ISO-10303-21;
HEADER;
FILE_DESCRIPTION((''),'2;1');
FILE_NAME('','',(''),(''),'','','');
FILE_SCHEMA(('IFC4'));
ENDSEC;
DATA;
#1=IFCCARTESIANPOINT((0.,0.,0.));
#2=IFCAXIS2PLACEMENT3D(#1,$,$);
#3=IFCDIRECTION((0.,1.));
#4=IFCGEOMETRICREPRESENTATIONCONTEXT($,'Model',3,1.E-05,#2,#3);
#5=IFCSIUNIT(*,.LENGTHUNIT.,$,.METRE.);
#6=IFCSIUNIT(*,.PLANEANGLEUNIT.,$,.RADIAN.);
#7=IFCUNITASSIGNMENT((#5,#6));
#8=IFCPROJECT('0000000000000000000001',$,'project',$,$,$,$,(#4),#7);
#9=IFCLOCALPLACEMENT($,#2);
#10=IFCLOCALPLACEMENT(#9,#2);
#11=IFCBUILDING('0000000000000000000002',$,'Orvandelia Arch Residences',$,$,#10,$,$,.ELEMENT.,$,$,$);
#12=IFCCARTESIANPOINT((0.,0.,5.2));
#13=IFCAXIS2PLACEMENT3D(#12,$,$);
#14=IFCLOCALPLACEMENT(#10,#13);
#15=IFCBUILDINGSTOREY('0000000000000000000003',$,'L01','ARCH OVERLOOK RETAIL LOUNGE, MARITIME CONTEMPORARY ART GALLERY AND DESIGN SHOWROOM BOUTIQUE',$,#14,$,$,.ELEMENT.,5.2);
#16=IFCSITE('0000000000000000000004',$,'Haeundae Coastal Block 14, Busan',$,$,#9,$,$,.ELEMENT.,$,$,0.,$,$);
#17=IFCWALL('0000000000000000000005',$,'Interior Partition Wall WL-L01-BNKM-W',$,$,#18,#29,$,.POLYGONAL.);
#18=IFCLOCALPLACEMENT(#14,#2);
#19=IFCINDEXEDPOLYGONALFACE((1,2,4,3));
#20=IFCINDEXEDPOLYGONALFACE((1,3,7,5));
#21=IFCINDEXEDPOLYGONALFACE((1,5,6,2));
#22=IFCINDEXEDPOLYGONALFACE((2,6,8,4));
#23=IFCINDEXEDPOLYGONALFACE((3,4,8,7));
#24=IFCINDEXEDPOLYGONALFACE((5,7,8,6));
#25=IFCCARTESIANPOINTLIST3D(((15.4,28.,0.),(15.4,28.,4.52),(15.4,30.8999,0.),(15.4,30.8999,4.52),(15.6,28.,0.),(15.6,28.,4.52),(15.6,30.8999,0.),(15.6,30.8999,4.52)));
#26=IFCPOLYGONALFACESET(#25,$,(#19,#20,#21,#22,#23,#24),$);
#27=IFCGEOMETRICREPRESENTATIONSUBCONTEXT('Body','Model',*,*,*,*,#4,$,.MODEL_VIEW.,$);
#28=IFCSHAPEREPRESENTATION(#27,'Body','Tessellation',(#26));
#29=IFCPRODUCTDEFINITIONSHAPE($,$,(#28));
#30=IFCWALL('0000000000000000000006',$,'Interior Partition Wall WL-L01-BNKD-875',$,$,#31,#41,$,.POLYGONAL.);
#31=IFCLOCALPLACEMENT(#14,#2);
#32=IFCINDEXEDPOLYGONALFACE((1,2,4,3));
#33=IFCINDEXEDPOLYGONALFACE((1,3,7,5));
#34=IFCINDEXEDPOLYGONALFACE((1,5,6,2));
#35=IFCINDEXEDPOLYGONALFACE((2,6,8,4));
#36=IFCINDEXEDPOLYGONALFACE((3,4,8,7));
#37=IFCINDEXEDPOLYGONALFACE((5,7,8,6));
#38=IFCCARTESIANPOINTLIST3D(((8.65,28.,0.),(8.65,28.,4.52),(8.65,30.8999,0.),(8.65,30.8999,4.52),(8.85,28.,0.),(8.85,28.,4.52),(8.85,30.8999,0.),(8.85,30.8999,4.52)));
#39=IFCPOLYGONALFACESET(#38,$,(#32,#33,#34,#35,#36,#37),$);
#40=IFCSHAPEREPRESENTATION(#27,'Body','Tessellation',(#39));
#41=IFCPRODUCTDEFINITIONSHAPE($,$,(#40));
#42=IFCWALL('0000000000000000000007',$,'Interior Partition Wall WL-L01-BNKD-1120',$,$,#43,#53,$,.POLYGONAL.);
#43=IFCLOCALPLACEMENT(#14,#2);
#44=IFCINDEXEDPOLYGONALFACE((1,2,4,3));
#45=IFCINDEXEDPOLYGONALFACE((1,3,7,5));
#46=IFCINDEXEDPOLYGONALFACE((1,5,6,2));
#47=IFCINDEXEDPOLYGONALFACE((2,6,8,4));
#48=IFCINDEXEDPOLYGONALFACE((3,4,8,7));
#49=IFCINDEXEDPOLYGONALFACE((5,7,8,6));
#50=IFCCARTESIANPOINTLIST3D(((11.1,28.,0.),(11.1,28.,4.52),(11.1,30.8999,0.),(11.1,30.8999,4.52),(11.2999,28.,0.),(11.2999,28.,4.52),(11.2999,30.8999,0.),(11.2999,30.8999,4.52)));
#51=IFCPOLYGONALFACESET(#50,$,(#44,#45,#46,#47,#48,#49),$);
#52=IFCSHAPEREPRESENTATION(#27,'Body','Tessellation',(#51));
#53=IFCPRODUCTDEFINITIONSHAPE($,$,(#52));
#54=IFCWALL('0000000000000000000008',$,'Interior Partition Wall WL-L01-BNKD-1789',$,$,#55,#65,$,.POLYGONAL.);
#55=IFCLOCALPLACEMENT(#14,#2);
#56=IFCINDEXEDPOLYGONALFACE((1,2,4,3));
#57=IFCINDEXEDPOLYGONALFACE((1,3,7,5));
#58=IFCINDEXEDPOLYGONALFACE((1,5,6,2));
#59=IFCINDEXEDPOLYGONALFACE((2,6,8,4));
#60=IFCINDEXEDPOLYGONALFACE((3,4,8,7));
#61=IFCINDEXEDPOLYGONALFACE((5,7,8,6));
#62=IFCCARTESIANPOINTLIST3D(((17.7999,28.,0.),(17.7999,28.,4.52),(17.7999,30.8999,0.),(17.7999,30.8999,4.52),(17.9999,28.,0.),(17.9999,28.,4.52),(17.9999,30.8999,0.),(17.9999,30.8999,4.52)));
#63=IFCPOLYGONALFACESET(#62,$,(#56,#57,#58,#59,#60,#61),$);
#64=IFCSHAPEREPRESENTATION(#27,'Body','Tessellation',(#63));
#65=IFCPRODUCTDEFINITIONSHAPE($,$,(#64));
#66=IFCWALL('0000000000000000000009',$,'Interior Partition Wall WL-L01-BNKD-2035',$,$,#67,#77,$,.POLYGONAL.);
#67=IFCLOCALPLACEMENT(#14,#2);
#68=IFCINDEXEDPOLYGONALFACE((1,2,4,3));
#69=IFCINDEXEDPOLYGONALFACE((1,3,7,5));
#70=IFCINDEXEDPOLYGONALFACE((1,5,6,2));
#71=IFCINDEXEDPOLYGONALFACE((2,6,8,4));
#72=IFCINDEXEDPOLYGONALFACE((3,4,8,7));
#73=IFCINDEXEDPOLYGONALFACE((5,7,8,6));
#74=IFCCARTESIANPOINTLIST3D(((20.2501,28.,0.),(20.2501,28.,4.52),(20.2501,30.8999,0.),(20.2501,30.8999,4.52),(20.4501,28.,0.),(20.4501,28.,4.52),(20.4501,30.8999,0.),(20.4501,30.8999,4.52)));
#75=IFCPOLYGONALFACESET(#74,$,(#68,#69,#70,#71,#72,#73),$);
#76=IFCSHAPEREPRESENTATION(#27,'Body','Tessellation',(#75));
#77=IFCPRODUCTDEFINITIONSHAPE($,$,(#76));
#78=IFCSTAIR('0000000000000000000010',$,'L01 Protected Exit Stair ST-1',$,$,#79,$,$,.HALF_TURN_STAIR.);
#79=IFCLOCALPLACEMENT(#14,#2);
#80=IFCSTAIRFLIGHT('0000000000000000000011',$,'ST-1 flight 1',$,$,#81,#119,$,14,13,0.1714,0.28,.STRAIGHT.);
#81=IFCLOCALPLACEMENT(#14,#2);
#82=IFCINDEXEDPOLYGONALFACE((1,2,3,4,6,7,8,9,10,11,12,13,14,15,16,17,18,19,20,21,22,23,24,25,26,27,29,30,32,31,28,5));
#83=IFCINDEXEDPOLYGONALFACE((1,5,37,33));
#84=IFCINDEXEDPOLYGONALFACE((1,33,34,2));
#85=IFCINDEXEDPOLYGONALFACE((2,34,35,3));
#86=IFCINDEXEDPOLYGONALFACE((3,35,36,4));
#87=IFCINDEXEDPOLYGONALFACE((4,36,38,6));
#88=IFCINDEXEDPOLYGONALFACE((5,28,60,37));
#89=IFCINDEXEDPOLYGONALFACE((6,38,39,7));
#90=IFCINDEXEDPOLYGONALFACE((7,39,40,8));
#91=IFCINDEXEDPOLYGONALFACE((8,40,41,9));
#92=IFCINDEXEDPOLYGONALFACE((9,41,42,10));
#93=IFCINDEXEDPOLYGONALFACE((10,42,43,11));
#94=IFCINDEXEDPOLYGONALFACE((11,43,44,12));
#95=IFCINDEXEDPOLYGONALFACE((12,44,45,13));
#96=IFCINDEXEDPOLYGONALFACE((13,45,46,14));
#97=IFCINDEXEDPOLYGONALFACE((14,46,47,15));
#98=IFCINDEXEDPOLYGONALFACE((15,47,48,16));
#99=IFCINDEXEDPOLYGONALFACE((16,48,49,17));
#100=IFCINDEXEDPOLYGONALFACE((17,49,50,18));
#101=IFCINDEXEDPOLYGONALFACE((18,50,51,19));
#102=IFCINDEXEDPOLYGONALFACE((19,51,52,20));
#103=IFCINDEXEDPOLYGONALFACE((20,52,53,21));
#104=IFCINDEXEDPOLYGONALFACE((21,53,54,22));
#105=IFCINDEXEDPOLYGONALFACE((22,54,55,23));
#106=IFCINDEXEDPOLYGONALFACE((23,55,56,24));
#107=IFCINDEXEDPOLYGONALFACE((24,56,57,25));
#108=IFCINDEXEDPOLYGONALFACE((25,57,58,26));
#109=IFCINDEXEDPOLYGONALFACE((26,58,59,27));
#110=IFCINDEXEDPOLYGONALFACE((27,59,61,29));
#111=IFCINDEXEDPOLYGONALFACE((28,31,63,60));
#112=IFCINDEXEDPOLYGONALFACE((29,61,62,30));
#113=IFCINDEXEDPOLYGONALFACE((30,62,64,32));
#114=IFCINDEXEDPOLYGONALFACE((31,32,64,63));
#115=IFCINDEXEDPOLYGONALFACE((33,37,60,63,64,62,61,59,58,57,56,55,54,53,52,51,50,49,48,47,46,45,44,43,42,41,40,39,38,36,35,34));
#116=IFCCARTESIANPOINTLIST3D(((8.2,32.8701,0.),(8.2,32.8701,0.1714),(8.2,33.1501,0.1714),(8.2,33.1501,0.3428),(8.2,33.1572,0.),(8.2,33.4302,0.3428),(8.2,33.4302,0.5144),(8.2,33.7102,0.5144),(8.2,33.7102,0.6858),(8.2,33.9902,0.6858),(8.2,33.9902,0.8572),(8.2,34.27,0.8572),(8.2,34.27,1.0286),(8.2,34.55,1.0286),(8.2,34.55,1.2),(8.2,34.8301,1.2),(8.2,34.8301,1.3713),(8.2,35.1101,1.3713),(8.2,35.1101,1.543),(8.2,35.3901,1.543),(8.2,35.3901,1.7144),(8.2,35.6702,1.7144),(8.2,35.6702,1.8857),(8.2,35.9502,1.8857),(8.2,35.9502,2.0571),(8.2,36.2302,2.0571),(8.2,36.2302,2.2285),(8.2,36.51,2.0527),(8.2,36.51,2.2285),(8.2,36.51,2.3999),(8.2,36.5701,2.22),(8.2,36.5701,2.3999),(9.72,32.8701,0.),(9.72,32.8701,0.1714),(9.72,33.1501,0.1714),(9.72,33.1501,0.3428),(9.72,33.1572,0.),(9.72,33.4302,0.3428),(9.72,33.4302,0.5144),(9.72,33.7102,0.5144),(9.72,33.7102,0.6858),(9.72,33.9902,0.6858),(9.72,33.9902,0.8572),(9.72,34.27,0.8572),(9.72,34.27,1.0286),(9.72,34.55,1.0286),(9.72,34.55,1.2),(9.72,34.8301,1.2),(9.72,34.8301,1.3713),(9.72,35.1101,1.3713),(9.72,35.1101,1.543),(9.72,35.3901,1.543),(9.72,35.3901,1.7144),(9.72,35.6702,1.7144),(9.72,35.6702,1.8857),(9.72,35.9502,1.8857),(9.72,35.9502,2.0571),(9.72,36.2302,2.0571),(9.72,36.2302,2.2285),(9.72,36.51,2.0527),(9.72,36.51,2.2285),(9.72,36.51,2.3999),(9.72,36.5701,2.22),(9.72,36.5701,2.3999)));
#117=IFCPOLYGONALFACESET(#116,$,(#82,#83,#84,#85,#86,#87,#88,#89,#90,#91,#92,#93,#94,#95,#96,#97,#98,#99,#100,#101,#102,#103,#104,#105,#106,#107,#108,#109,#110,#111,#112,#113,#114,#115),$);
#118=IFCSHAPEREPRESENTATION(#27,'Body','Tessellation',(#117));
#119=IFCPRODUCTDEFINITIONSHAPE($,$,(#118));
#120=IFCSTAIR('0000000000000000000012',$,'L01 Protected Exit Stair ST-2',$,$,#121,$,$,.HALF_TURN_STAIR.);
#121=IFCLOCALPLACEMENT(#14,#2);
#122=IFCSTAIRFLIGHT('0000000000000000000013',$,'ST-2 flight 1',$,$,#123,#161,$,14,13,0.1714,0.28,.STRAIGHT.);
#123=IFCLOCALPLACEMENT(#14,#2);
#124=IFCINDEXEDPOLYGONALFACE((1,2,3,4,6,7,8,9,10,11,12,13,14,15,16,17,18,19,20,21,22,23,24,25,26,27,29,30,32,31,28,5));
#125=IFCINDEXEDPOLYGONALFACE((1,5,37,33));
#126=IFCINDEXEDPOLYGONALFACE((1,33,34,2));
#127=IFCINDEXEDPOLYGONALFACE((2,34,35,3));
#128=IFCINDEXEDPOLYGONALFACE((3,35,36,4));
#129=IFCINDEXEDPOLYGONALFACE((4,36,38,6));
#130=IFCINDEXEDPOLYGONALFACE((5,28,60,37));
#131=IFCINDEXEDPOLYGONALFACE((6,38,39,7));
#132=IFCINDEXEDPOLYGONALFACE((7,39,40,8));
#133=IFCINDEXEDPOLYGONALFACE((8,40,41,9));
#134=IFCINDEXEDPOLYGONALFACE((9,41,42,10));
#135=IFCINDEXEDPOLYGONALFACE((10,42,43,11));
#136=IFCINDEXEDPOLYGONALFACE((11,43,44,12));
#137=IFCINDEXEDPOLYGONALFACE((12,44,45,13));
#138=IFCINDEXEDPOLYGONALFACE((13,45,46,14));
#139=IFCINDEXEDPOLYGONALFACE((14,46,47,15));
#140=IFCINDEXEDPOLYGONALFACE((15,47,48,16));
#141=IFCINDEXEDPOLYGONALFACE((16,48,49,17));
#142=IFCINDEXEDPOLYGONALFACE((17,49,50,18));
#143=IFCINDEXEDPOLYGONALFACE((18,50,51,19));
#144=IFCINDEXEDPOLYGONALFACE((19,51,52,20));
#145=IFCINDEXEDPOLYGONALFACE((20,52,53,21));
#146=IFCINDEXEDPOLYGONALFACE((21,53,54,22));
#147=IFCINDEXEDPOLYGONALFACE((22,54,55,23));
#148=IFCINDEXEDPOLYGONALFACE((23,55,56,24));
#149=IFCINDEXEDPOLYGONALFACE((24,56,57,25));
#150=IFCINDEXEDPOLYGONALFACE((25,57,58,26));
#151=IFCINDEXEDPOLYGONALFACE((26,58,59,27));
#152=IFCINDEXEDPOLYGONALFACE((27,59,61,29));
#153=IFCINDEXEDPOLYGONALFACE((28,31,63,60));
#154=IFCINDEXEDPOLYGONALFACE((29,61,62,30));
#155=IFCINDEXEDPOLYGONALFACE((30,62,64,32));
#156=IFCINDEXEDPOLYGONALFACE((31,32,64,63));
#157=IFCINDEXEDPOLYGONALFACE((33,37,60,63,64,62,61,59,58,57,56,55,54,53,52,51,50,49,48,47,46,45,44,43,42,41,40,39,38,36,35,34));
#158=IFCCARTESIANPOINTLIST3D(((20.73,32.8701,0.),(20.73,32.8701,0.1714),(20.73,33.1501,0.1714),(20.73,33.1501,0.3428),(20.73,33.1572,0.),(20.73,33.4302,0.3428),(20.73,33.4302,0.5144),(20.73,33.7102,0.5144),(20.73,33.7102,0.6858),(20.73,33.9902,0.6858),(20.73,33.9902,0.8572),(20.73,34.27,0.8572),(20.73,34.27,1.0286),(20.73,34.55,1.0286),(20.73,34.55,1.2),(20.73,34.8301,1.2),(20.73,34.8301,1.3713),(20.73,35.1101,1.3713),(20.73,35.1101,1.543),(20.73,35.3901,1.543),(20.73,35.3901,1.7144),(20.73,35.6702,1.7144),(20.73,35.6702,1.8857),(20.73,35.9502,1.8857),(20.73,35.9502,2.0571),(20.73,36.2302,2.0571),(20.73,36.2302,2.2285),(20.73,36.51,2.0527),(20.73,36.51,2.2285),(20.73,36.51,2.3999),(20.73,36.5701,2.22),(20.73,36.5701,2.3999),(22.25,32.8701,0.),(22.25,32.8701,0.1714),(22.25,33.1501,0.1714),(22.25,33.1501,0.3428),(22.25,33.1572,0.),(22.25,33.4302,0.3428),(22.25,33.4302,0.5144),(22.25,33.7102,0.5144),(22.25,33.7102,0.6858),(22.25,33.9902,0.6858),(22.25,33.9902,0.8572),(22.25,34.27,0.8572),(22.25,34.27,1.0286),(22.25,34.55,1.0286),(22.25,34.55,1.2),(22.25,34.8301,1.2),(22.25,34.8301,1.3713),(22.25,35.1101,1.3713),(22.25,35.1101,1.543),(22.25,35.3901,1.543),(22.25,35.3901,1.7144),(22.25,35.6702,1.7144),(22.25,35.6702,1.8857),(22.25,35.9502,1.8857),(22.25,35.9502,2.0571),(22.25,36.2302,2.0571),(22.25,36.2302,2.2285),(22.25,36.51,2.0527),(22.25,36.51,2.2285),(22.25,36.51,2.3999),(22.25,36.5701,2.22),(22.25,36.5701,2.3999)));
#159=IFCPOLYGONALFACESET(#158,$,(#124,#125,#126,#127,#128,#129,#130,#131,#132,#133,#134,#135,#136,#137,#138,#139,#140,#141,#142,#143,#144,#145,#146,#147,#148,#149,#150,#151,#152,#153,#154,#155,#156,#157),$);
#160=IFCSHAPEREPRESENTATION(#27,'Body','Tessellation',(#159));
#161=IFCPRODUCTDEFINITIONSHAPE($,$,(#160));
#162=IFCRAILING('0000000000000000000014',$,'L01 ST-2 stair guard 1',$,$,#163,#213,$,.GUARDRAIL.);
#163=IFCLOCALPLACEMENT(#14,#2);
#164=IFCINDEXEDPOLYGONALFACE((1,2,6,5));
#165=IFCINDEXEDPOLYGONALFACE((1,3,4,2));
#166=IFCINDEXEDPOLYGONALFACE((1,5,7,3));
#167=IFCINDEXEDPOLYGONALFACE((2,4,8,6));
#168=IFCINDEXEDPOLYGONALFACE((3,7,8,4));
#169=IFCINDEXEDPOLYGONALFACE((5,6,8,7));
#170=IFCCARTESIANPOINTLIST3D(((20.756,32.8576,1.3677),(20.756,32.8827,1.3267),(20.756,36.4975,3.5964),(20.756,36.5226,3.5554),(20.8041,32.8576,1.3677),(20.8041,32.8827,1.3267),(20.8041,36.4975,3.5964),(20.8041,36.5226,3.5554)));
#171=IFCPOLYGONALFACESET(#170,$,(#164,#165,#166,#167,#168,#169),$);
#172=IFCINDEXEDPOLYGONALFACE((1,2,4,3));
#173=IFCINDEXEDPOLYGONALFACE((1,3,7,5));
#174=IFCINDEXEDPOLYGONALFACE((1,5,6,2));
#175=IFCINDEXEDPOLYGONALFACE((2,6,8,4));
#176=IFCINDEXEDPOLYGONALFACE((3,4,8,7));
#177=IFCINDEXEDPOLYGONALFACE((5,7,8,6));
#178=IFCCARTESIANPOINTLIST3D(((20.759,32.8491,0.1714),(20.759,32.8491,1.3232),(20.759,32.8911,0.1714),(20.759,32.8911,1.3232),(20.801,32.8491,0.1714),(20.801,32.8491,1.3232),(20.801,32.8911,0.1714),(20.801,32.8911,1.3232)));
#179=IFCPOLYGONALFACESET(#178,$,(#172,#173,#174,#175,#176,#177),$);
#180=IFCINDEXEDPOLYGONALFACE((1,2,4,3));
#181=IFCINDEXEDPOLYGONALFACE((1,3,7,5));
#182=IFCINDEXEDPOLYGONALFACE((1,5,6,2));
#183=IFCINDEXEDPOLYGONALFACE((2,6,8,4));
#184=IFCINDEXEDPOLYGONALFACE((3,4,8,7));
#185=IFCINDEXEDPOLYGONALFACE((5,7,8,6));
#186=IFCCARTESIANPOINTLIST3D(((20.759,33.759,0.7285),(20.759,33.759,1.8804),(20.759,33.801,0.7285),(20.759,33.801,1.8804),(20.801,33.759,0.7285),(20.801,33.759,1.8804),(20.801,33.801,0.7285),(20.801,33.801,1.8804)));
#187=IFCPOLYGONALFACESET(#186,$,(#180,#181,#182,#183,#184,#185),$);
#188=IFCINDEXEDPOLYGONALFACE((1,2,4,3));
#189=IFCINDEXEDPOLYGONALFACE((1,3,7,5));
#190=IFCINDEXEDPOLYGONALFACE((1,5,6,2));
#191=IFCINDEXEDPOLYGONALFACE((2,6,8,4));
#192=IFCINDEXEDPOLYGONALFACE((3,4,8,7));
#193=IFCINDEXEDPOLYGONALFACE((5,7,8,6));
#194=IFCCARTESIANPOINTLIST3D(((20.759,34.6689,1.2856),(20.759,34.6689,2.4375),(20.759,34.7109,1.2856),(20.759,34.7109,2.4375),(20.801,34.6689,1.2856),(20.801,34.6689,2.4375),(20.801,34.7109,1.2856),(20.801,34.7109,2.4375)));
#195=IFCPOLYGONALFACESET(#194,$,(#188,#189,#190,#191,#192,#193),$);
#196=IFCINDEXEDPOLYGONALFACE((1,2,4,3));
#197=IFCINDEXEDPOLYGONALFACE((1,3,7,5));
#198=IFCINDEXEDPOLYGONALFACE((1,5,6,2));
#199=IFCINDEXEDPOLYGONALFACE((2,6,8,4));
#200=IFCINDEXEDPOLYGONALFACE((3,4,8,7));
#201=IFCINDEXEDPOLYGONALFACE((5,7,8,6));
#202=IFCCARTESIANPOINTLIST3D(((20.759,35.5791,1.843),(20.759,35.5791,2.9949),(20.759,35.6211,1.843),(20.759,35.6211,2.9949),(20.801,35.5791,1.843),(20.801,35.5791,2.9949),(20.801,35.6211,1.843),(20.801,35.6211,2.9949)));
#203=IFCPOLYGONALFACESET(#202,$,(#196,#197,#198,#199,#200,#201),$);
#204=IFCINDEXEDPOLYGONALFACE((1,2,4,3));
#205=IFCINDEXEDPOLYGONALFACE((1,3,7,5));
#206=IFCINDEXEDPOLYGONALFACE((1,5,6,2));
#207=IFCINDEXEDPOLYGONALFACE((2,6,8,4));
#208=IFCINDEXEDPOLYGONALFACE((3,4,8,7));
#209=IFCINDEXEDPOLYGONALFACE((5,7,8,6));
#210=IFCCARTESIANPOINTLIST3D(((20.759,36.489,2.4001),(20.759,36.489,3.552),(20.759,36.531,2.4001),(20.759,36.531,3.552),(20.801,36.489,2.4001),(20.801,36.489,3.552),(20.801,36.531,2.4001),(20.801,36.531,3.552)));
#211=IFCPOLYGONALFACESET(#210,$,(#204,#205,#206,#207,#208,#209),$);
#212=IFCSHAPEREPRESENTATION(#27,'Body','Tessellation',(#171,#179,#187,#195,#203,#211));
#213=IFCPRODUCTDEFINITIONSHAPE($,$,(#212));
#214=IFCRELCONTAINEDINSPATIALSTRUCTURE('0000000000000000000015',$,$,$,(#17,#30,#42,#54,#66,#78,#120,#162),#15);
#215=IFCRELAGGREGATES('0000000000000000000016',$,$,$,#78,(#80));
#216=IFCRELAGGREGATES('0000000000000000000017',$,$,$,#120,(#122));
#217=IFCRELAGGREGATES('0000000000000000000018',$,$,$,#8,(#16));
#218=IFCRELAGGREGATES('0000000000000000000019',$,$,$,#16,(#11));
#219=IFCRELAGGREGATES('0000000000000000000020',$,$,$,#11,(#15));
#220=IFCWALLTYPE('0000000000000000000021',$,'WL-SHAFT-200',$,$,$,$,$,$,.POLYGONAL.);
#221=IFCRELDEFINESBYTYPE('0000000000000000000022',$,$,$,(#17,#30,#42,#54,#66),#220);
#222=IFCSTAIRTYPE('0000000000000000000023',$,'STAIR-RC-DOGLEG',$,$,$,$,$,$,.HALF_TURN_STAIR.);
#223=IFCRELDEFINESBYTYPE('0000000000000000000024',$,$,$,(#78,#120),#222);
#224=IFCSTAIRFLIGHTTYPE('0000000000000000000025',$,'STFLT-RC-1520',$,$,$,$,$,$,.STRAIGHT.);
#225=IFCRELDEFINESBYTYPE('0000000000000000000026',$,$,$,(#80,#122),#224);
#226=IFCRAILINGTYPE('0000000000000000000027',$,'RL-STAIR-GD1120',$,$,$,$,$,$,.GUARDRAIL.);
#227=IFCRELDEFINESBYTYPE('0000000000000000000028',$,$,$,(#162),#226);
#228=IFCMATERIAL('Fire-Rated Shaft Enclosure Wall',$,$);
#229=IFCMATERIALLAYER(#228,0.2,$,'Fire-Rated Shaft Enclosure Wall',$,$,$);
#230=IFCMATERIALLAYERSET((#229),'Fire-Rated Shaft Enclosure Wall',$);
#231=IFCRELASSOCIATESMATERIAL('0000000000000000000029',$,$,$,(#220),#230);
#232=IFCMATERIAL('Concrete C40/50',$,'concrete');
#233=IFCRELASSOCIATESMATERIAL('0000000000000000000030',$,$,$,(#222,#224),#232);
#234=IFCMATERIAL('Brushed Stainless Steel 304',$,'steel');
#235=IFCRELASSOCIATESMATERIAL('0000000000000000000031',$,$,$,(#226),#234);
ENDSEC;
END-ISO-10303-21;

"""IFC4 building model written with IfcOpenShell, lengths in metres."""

from ifc_helpers import new_model, si_unit, direction, frame, frame_2d, origin, origin_2d, place, context, subcontext, project, spatial, polyline, rectangle, outline, extrude, material, layer, layer_set, type_object, element, aggregate, save


model = new_model("IFC4")

# Units and contexts
model_context = context("Model", 3, precision=1e-05, world=origin(), true_north=direction((0.0, 1.0)))
body_context = subcontext(model_context, "Body", "Model", "MODEL_VIEW")
ifc_project = project(units=[si_unit("LENGTHUNIT", "METRE"), si_unit("PLANEANGLEUNIT", "RADIAN")], contexts=[model_context])

# Site, building, storey
site_placement = place(None, origin())
site = spatial("IfcSite", under=ifc_project, at=site_placement, Name="Haeundae Coastal Block 14, Busan", CompositionType="ELEMENT", RefElevation=0.0)
building_placement = place(site_placement, origin())
building = spatial("IfcBuilding", under=site, at=building_placement, Name="Orvandelia Arch Residences", CompositionType="ELEMENT")
storey_placement = place(building_placement, frame((0.0, 0.0, 5.2)))
storey = spatial("IfcBuildingStorey", under=building, at=storey_placement, Name="L01", Description="ARCH OVERLOOK RETAIL LOUNGE, MARITIME CONTEMPORARY ART GALLERY AND DESIGN SHOWROOM BOUTIQUE", CompositionType="ELEMENT", Elevation=5.2)

# Walls
ifc_material_1 = material(Name="Fire-Rated Shaft Enclosure Wall")
ifc_layer_1 = layer(ifc_material_1, 0.2, Name="Fire-Rated Shaft Enclosure Wall")
ifc_layer_set_1 = layer_set([ifc_layer_1], Name="Fire-Rated Shaft Enclosure Wall")
wall_type_1 = type_object("IfcWallType", Name="WL-SHAFT-200", PredefinedType="POLYGONAL", material=ifc_layer_set_1)
for number, where, z_axis, x_axis, name in (
    (1, (15.5, 28.0, 0.0), (0.0, 0.0, 1.0), (0.0, 1.0, 0.0), "Interior Partition Wall WL-L01-BNKM-W"),
    (2, (8.75, 28.0, 0.0), (0.0, 0.0, 1.0), (0.0, 1.0, 0.0), "Interior Partition Wall WL-L01-BNKD-875"),
    (3, (11.2, 28.0, 0.0), (0.0, 0.0, 1.0), (0.0, 1.0, 0.0), "Interior Partition Wall WL-L01-BNKD-1120"),
    (4, (17.8999, 28.0, 0.0), (0.0, 0.0, 1.0), (0.0, 1.0, 0.0), "Interior Partition Wall WL-L01-BNKD-1789"),
    (5, (20.3501, 28.0, 0.0), (0.0, 0.0, 1.0), (0.0, 1.0, 0.0), "Interior Partition Wall WL-L01-BNKD-2035"),
):
    element("IfcWall", number, at=place(storey_placement, frame(where, z_axis=z_axis, x_axis=x_axis)), inside=storey, type_object=wall_type_1, Name=name, PredefinedType="POLYGONAL", context=body_context, shape_type="SweptSolid", body=[
        extrude(rectangle(XDim=2.8999, YDim=0.2, at=frame_2d((1.45, 0.0))), origin(), (0.0, 0.0, 1.0), 4.52),
    ])

# Stairs, stair flights
ifc_material_2 = material(Name="Concrete C40/50", Category="concrete")
stair_type = type_object("IfcStairType", Name="STAIR-RC-DOGLEG", PredefinedType="HALF_TURN_STAIR", material=ifc_material_2)
stair_1_placement = place(storey_placement, origin())
stair_1 = element("IfcStair", 6, at=stair_1_placement, inside=storey, type_object=stair_type, Name="L01 Protected Exit Stair ST-1", PredefinedType="HALF_TURN_STAIR")
stair_flight_type = type_object("IfcStairFlightType", Name="STFLT-RC-1520", PredefinedType="STRAIGHT", material=ifc_material_2)
stair_flight_1_placement = place(storey_placement, frame((8.96, 32.8701, 0.0), z_axis=(0.0, 0.0, 1.0), x_axis=(0.0, 1.0, 0.0)))
stair_flight_1 = element("IfcStairFlight", 7, at=stair_flight_1_placement, type_object=stair_flight_type, Name="ST-1 flight 1", NumberOfRisers=14, NumberOfTreads=13, PredefinedType="STRAIGHT", RiserHeight=0.1714, TreadLength=0.28, context=body_context, shape_type="SweptSolid", body=[
    extrude(outline(polyline([(0.0, 0.0), (0.0, 0.1714), (0.28, 0.1714), (0.28, 0.3428), (0.5601, 0.3428), (0.5601, 0.5144), (0.8401, 0.5144), (0.8401, 0.6858), (1.1201, 0.6858), (1.1201, 0.8572), (1.3999, 0.8572), (1.3999, 1.0286), (1.6799, 1.0286), (1.6799, 1.2), (1.96, 1.2), (1.96, 1.3713), (2.24, 1.3713), (2.24, 1.543), (2.52, 1.543), (2.52, 1.7144), (2.8, 1.7144), (2.8, 1.8857), (3.0801, 1.8857), (3.0801, 2.0571), (3.3601, 2.0571), (3.3601, 2.2285), (3.6399, 2.2285), (3.6399, 2.3999), (3.7, 2.3999), (3.7, 2.22), (3.6399, 2.0527), (0.2871, 0.0), (0.0, 0.0)])), frame((0.0, 0.76, 0.0), z_axis=(0.0, -1.0, 0.0), x_axis=(1.0, 0.0, 0.0)), (0.0, 0.0, 1.0), 1.52),
])
aggregate(stair_1, [stair_flight_1])
stair_2_placement = place(storey_placement, origin())
stair_2 = element("IfcStair", 8, at=stair_2_placement, inside=storey, type_object=stair_type, Name="L01 Protected Exit Stair ST-2", PredefinedType="HALF_TURN_STAIR")
stair_flight_2_placement = place(storey_placement, frame((21.49, 32.8701, 0.0), z_axis=(0.0, 0.0, 1.0), x_axis=(0.0, 1.0, 0.0)))
stair_flight_2 = element("IfcStairFlight", 9, at=stair_flight_2_placement, type_object=stair_flight_type, Name="ST-2 flight 1", NumberOfRisers=14, NumberOfTreads=13, PredefinedType="STRAIGHT", RiserHeight=0.1714, TreadLength=0.28, context=body_context, shape_type="SweptSolid", body=[
    extrude(outline(polyline([(0.0, 0.0), (0.0, 0.1714), (0.28, 0.1714), (0.28, 0.3428), (0.5601, 0.3428), (0.5601, 0.5144), (0.8401, 0.5144), (0.8401, 0.6858), (1.1201, 0.6858), (1.1201, 0.8572), (1.3999, 0.8572), (1.3999, 1.0286), (1.6799, 1.0286), (1.6799, 1.2), (1.96, 1.2), (1.96, 1.3713), (2.24, 1.3713), (2.24, 1.543), (2.52, 1.543), (2.52, 1.7144), (2.8, 1.7144), (2.8, 1.8857), (3.0801, 1.8857), (3.0801, 2.0571), (3.3601, 2.0571), (3.3601, 2.2285), (3.6399, 2.2285), (3.6399, 2.3999), (3.7, 2.3999), (3.7, 2.22), (3.6399, 2.0527), (0.2871, 0.0), (0.0, 0.0)])), frame((0.0, 0.76, 0.0), z_axis=(0.0, -1.0, 0.0), x_axis=(1.0, 0.0, 0.0)), (0.0, 0.0, 1.0), 1.52),
])
aggregate(stair_2, [stair_flight_2])

# Railing
ifc_material_3 = material(Name="Brushed Stainless Steel 304", Category="steel")
railing_type_1 = type_object("IfcRailingType", Name="RL-STAIR-GD1120", PredefinedType="GUARDRAIL", material=ifc_material_3)
railing_1_placement = place(storey_placement, frame((20.78, 32.8701, 0.1714)))
element("IfcRailing", 10, at=railing_1_placement, inside=storey, type_object=railing_type_1, Name="L01 ST-2 stair guard 1", PredefinedType="GUARDRAIL", context=body_context, shape_type="SweptSolid", body=[
    extrude(rectangle(XDim=0.0481, YDim=0.0481, at=origin_2d()), frame((0.0, 0.0, 1.1758), z_axis=(0.0, 0.852825, 0.522197), x_axis=(-1.0, 0.0, 0.0)), (0.0, 0.0, 1.0), 4.2681),
    extrude(rectangle(XDim=0.042, YDim=0.042, at=origin_2d()), origin(), (0.0, 0.0, 1.0), 1.1519),
    extrude(rectangle(XDim=0.042, YDim=0.042, at=origin_2d()), frame((0.0, 0.9099, 0.5571)), (0.0, 0.0, 1.0), 1.1519),
    extrude(rectangle(XDim=0.042, YDim=0.042, at=origin_2d()), frame((0.0, 1.8198, 1.1143)), (0.0, 0.0, 1.0), 1.1519),
    extrude(rectangle(XDim=0.042, YDim=0.042, at=origin_2d()), frame((0.0, 2.73, 1.6716)), (0.0, 0.0, 1.0), 1.1519),
    extrude(rectangle(XDim=0.042, YDim=0.042, at=origin_2d()), frame((0.0, 3.6399, 2.2288)), (0.0, 0.0, 1.0), 1.1519),
])

save(model, "model.ifc")
